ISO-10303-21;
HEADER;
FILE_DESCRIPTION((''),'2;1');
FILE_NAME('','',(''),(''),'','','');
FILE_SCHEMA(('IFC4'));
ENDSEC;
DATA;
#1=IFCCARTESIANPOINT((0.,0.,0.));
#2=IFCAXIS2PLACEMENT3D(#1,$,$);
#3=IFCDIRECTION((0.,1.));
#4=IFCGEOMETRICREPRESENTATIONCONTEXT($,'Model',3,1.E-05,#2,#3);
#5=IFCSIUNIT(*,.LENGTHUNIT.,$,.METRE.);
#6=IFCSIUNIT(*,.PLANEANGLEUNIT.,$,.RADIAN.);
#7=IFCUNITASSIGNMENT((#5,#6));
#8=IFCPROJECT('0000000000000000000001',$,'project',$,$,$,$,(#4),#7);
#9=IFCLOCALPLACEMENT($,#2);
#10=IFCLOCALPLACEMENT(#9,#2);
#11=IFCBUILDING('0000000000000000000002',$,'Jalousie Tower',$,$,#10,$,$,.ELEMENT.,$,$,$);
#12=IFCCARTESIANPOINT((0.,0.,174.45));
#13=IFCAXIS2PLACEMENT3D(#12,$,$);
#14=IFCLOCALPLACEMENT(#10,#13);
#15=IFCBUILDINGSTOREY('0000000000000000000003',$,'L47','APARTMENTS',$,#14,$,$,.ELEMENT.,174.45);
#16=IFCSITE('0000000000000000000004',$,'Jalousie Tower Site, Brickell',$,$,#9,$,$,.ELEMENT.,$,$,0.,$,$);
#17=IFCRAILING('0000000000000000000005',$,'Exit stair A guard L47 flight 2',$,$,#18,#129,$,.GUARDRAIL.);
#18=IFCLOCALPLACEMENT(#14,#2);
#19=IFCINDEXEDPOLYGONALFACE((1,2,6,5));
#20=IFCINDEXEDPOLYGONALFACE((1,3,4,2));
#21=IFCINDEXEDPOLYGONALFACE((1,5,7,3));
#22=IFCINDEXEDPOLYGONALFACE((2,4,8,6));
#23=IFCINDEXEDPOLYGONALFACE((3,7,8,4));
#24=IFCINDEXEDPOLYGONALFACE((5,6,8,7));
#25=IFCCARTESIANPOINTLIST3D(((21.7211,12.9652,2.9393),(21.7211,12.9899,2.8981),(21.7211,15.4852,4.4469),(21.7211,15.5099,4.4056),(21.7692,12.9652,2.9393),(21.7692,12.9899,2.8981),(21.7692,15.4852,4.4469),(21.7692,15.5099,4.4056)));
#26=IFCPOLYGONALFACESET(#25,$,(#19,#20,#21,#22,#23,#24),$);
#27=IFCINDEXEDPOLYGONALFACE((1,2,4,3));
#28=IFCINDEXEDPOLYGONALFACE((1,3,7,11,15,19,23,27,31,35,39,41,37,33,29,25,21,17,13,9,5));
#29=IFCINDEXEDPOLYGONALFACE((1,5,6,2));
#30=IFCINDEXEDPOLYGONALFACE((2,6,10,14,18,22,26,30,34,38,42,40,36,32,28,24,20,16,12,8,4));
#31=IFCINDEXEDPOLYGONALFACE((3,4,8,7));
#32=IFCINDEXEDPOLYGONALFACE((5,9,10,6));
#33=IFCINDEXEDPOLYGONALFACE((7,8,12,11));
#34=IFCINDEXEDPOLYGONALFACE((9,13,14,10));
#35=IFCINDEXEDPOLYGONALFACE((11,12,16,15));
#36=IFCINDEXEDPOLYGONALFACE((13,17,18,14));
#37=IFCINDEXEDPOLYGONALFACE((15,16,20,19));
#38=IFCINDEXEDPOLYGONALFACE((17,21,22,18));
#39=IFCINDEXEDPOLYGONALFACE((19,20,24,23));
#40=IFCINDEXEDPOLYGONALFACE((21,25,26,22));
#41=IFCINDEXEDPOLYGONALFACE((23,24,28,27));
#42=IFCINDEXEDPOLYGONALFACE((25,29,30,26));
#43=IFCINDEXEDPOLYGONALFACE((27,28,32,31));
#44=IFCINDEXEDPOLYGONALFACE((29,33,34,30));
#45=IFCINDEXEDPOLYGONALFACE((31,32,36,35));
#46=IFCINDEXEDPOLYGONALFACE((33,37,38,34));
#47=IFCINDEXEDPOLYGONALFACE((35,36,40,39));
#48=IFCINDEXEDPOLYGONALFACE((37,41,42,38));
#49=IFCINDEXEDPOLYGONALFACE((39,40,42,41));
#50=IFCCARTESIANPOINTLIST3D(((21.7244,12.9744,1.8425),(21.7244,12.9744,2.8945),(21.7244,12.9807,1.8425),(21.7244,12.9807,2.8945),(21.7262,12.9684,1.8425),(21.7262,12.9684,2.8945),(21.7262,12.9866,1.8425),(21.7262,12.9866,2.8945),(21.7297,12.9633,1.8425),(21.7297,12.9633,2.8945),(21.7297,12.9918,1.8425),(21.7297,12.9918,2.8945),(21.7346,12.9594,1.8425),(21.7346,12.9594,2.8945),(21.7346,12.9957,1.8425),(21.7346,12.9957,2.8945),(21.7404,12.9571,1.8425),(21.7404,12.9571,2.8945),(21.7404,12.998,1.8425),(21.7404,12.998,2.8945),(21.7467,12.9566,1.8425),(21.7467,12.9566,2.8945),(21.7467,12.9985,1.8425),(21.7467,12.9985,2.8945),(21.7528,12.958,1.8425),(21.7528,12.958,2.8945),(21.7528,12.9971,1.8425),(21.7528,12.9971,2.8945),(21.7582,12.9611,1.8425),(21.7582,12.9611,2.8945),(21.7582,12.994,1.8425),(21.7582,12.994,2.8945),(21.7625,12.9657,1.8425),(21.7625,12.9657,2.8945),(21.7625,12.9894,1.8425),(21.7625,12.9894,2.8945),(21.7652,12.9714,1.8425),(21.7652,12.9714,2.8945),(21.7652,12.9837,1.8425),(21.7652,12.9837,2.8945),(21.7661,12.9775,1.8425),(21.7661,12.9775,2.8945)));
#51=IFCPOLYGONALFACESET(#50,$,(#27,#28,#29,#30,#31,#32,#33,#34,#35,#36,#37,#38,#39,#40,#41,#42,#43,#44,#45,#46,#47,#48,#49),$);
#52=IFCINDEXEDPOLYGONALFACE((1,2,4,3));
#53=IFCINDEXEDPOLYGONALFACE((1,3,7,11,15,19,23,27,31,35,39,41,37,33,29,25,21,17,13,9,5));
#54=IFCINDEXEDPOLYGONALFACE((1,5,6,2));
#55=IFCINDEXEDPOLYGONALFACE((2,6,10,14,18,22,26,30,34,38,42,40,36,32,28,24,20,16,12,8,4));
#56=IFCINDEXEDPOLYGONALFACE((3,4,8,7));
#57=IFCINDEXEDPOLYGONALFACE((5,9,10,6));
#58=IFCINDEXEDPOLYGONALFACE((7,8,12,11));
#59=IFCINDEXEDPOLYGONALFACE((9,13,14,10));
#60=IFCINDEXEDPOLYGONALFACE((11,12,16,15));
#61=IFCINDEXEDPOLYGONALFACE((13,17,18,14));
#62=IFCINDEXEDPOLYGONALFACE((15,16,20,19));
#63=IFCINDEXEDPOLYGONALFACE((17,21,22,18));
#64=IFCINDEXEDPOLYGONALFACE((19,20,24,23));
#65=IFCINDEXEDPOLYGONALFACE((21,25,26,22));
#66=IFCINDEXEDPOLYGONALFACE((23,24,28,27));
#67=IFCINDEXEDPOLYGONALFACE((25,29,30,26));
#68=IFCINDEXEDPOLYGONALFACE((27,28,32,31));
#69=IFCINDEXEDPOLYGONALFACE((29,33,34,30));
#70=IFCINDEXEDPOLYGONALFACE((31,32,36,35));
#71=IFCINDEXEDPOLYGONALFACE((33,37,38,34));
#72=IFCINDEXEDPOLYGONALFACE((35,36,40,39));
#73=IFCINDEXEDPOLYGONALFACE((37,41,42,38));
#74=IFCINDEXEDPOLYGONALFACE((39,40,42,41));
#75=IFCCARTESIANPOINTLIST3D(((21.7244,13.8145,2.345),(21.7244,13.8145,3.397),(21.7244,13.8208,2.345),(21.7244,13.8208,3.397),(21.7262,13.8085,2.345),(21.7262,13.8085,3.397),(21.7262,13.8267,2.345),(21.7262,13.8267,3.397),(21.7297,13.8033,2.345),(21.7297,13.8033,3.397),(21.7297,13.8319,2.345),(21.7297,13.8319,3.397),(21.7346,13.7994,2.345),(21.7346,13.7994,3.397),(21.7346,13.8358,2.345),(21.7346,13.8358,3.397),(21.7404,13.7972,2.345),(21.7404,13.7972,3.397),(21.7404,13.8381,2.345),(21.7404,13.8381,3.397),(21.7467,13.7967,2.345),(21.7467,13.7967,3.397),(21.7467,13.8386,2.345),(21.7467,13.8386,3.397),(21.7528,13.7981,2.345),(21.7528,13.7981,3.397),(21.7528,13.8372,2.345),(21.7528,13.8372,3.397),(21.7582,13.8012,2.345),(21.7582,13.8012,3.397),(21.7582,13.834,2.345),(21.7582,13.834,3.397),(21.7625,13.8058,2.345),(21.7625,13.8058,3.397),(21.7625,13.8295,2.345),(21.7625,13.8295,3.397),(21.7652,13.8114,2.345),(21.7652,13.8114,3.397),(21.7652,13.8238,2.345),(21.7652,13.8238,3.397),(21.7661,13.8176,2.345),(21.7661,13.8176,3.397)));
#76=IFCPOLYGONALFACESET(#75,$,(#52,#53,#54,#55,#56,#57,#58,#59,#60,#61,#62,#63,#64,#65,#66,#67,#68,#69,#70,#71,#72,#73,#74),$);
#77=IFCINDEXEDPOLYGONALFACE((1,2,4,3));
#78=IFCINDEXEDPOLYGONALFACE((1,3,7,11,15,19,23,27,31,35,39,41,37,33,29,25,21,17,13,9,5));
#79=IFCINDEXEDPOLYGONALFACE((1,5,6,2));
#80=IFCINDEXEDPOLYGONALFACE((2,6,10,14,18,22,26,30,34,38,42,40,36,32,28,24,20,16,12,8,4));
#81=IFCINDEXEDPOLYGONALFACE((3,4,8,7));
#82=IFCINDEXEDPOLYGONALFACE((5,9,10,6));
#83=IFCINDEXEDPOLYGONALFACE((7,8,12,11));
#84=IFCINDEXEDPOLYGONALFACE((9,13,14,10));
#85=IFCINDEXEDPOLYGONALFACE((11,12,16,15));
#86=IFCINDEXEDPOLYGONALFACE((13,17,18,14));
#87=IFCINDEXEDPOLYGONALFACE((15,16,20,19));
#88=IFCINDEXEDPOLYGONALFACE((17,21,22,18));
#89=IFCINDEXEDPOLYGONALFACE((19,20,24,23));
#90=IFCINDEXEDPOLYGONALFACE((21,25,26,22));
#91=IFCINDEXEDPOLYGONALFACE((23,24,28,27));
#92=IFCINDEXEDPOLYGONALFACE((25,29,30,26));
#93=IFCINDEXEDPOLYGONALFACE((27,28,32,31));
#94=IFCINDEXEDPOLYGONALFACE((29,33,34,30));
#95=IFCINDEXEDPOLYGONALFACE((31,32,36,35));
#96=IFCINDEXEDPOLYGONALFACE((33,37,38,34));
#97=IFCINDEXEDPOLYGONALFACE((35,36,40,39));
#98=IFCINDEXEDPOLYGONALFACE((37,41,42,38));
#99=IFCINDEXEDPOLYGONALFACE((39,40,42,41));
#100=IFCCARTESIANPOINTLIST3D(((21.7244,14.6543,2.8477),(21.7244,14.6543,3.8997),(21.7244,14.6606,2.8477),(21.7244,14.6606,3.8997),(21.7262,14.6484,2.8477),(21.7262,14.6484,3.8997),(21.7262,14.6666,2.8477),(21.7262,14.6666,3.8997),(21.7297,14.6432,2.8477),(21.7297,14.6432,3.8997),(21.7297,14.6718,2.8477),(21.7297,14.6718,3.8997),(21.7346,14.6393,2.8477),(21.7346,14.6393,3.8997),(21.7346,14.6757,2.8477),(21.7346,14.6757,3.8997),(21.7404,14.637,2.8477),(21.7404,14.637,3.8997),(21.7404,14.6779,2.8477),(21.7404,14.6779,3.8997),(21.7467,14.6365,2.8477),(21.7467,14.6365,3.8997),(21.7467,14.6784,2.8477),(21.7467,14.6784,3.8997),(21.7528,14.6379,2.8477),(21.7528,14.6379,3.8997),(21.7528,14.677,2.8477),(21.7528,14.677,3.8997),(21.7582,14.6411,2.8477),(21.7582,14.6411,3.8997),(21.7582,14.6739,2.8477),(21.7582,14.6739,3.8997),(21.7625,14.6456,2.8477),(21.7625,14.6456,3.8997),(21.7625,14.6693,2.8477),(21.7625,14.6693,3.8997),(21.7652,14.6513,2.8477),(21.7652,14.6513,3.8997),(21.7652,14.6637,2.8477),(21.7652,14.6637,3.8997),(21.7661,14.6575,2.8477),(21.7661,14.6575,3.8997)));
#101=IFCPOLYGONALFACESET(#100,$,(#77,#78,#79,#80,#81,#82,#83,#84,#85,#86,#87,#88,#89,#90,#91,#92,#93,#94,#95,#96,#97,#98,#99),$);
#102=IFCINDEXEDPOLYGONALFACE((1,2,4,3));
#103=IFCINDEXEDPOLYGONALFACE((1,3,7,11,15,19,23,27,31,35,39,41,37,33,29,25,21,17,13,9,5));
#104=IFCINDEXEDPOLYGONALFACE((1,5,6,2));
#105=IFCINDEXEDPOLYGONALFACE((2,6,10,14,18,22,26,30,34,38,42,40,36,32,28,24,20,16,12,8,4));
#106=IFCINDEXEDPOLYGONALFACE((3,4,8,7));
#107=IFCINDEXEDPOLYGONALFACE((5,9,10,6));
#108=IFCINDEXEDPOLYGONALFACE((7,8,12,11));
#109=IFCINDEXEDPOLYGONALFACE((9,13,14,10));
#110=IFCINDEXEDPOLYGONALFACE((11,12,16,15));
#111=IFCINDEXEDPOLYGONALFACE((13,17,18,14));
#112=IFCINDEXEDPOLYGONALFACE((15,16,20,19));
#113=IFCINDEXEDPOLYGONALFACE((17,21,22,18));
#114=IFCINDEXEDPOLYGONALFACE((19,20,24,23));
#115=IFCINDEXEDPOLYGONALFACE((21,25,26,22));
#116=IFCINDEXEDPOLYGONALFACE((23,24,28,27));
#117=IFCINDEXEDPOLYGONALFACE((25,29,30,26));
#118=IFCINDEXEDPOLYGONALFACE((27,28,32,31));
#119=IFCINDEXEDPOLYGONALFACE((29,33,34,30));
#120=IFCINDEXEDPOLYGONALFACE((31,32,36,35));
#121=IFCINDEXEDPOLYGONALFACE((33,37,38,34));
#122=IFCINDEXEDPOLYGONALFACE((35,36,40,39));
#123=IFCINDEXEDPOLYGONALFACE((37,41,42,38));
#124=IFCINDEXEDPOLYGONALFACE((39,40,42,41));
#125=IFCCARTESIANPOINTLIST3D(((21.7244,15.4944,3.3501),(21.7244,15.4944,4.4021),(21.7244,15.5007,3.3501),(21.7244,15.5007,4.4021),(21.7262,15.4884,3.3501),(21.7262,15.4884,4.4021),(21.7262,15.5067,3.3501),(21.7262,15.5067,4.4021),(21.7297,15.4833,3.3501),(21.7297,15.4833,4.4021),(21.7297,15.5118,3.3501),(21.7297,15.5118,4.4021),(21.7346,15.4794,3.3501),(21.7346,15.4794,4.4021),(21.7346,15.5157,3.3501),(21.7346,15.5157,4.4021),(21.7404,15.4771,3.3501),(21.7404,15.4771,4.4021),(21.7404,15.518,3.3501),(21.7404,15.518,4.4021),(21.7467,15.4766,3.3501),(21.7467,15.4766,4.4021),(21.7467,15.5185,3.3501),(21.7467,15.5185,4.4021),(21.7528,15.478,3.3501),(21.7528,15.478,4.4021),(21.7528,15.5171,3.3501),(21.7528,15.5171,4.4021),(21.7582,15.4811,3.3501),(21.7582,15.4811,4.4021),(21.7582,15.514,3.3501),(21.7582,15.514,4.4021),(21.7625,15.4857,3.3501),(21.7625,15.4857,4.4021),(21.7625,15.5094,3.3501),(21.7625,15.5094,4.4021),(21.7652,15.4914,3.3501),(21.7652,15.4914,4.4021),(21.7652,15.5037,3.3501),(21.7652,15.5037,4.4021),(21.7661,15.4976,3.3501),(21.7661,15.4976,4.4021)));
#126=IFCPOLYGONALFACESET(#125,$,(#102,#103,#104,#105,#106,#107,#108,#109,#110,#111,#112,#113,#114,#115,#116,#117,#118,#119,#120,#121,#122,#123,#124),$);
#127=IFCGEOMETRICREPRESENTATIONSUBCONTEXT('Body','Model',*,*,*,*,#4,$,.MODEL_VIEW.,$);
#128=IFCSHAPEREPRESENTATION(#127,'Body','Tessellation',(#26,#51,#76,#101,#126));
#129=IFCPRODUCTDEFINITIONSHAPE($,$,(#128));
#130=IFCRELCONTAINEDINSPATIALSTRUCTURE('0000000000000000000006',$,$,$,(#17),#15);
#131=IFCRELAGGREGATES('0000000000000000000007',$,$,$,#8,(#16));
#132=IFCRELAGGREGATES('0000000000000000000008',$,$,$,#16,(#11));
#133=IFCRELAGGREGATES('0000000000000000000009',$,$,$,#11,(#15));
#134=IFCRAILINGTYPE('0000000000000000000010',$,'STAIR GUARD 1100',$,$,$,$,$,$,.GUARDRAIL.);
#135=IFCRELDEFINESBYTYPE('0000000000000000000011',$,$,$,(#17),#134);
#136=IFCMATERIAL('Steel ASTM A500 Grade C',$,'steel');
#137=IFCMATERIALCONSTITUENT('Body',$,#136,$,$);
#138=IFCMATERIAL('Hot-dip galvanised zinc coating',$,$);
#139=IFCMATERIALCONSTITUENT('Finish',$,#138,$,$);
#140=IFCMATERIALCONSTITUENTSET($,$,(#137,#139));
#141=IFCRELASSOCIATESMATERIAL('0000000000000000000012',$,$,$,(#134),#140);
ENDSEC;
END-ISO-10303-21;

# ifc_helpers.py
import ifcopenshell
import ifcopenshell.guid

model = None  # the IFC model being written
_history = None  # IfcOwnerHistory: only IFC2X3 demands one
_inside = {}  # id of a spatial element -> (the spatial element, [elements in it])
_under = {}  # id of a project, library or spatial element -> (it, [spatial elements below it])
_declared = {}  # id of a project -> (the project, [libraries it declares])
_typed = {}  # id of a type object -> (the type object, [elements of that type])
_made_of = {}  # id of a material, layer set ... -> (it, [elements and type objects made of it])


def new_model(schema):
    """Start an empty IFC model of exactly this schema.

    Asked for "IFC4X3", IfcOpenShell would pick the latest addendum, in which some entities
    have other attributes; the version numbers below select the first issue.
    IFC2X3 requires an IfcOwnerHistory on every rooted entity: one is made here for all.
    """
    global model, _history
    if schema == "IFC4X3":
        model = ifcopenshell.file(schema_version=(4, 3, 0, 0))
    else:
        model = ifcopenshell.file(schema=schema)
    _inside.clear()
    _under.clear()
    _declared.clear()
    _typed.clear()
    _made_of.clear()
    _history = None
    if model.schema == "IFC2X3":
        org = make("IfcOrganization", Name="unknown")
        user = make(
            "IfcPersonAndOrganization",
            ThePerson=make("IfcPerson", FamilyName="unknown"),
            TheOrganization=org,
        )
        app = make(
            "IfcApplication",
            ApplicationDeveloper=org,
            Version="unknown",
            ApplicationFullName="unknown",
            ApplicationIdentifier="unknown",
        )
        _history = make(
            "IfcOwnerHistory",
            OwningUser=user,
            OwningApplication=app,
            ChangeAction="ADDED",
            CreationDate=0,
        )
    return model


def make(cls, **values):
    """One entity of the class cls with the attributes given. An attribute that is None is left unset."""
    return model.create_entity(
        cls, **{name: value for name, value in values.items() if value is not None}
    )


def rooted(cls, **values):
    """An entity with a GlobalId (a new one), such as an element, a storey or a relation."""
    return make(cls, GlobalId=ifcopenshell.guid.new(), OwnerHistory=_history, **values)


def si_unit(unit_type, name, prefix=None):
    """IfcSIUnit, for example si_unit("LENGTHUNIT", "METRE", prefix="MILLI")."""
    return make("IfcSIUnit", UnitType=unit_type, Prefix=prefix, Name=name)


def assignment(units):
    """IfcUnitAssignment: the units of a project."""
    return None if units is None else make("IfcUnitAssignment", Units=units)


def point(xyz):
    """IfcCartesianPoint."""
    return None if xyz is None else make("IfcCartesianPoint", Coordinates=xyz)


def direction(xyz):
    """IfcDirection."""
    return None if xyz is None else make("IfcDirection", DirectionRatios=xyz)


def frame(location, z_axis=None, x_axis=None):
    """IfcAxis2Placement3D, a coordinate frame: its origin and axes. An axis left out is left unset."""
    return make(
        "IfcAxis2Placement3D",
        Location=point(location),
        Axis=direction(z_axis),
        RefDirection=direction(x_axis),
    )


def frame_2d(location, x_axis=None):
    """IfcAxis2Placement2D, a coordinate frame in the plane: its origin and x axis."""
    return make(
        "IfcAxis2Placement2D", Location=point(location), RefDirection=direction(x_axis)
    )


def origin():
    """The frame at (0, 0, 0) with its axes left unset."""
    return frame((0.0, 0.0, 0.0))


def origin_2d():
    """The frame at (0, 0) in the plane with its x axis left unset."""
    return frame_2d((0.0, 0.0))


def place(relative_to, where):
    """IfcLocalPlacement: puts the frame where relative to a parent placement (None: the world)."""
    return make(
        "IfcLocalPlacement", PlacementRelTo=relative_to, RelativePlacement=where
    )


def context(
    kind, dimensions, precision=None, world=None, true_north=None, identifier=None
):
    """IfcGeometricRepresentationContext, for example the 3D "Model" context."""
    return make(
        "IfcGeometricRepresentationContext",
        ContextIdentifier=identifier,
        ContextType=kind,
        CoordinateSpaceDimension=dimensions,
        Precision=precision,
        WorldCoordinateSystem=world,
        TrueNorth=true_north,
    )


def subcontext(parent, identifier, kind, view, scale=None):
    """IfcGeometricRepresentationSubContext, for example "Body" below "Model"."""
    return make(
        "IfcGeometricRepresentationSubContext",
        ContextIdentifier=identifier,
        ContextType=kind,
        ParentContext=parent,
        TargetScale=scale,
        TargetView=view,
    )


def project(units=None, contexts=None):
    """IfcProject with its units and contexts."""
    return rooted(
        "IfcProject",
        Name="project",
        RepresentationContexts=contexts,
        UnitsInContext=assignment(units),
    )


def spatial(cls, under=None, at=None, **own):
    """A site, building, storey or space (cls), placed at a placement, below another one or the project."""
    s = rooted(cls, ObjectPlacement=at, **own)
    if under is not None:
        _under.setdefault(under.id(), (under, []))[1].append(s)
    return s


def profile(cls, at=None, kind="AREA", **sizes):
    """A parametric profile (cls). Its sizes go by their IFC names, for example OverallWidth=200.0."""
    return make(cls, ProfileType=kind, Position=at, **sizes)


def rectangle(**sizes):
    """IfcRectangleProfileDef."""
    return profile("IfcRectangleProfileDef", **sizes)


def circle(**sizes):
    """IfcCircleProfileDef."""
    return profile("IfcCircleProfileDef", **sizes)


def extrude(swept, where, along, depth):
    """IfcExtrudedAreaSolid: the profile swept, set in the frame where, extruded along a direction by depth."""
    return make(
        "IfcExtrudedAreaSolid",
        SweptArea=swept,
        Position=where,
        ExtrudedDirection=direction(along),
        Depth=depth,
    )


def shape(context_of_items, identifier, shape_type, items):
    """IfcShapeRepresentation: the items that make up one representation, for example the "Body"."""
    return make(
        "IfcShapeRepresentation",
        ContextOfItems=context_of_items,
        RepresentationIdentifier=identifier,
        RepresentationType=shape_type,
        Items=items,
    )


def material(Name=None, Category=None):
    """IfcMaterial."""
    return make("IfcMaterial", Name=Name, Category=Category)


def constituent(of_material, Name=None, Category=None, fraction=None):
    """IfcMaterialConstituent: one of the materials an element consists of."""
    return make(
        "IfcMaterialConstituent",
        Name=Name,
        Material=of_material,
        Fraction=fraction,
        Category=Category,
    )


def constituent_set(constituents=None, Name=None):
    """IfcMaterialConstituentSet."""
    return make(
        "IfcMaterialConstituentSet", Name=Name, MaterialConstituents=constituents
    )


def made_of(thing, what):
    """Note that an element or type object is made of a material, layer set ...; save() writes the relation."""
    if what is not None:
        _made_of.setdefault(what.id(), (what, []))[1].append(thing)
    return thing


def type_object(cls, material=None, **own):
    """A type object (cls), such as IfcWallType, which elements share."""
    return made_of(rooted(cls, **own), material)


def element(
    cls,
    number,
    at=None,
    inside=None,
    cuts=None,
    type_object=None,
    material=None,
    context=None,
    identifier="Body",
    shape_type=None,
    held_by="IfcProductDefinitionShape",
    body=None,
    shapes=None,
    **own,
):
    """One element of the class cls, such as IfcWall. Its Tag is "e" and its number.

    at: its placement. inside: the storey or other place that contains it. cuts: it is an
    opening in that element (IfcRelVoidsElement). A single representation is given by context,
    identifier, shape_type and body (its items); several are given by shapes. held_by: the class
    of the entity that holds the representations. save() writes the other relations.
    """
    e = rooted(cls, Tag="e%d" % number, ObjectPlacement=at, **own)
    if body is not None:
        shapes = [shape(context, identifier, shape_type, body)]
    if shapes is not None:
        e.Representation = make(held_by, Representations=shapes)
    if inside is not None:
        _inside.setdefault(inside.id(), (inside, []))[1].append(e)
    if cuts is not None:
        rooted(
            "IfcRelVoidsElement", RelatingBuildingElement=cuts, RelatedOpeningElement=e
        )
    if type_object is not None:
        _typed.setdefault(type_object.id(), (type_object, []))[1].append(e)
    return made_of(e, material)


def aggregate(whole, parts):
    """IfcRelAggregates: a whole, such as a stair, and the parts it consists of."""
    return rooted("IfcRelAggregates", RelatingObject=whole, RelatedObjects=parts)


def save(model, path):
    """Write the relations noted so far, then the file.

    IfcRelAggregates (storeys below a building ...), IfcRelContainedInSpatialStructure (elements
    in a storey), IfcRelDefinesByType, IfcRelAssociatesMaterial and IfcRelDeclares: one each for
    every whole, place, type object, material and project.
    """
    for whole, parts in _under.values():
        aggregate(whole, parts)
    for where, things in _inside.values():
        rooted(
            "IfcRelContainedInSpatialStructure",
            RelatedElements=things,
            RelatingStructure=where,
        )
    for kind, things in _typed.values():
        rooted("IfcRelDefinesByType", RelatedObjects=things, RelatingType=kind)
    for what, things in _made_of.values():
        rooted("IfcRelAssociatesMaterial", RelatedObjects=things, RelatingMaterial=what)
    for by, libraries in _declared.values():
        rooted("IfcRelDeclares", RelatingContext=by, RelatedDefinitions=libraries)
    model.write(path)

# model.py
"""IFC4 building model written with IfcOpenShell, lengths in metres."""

from ifc_helpers import new_model, si_unit, direction, frame, origin, origin_2d, place, context, subcontext, project, spatial, rectangle, circle, extrude, material, constituent, constituent_set, type_object, element, save


model = new_model("IFC4")

# Units and contexts
model_context = context("Model", 3, precision=1e-05, world=origin(), true_north=direction((0.0, 1.0)))
body_context = subcontext(model_context, "Body", "Model", "MODEL_VIEW")
ifc_project = project(units=[si_unit("LENGTHUNIT", "METRE"), si_unit("PLANEANGLEUNIT", "RADIAN")], contexts=[model_context])

# Site, building, storey
site_placement = place(None, origin())
site = spatial("IfcSite", under=ifc_project, at=site_placement, Name="Jalousie Tower Site, Brickell", CompositionType="ELEMENT", RefElevation=0.0)
building_placement = place(site_placement, origin())
building = spatial("IfcBuilding", under=site, at=building_placement, Name="Jalousie Tower", CompositionType="ELEMENT")
storey_placement = place(building_placement, frame((0.0, 0.0, 174.45)))
storey = spatial("IfcBuildingStorey", under=building, at=storey_placement, Name="L47", Description="APARTMENTS", CompositionType="ELEMENT", Elevation=174.45)

# Railing
ifc_material_1 = material(Name="Steel ASTM A500 Grade C", Category="steel")
ifc_constituent_1 = constituent(ifc_material_1, Name="Body")
ifc_material_2 = material(Name="Hot-dip galvanised zinc coating")
ifc_constituent_2 = constituent(ifc_material_2, Name="Finish")
ifc_constituent_set_1 = constituent_set(constituents=[ifc_constituent_1, ifc_constituent_2])
railing_type_1 = type_object("IfcRailingType", Name="STAIR GUARD 1100", PredefinedType="GUARDRAIL", material=ifc_constituent_set_1)
railing_1_placement = place(storey_placement, frame((21.7451, 12.9775, 1.8425)))
element("IfcRailing", 1, at=railing_1_placement, inside=storey, type_object=railing_type_1, Name="Exit stair A guard L47 flight 2", PredefinedType="GUARDRAIL", context=body_context, shape_type="SweptSolid", body=[
    extrude(rectangle(XDim=0.0481, YDim=0.0481, at=origin_2d()), frame((0.0, 0.0, 1.0762), z_axis=(0.0, 0.85816, 0.513383), x_axis=(-1.0, 0.0, 0.0)), (0.0, 0.0, 1.0), 2.9365),
    extrude(circle(Radius=0.021, at=origin_2d()), origin(), (0.0, 0.0, 1.0), 1.052),
    extrude(circle(Radius=0.021, at=origin_2d()), frame((0.0, 0.8401, 0.5024)), (0.0, 0.0, 1.0), 1.052),
    extrude(circle(Radius=0.021, at=origin_2d()), frame((0.0, 1.6799, 1.0051)), (0.0, 0.0, 1.0), 1.052),
    extrude(circle(Radius=0.021, at=origin_2d()), frame((0.0, 2.52, 1.5076)), (0.0, 0.0, 1.0), 1.052),
])

save(model, "model.ifc")
